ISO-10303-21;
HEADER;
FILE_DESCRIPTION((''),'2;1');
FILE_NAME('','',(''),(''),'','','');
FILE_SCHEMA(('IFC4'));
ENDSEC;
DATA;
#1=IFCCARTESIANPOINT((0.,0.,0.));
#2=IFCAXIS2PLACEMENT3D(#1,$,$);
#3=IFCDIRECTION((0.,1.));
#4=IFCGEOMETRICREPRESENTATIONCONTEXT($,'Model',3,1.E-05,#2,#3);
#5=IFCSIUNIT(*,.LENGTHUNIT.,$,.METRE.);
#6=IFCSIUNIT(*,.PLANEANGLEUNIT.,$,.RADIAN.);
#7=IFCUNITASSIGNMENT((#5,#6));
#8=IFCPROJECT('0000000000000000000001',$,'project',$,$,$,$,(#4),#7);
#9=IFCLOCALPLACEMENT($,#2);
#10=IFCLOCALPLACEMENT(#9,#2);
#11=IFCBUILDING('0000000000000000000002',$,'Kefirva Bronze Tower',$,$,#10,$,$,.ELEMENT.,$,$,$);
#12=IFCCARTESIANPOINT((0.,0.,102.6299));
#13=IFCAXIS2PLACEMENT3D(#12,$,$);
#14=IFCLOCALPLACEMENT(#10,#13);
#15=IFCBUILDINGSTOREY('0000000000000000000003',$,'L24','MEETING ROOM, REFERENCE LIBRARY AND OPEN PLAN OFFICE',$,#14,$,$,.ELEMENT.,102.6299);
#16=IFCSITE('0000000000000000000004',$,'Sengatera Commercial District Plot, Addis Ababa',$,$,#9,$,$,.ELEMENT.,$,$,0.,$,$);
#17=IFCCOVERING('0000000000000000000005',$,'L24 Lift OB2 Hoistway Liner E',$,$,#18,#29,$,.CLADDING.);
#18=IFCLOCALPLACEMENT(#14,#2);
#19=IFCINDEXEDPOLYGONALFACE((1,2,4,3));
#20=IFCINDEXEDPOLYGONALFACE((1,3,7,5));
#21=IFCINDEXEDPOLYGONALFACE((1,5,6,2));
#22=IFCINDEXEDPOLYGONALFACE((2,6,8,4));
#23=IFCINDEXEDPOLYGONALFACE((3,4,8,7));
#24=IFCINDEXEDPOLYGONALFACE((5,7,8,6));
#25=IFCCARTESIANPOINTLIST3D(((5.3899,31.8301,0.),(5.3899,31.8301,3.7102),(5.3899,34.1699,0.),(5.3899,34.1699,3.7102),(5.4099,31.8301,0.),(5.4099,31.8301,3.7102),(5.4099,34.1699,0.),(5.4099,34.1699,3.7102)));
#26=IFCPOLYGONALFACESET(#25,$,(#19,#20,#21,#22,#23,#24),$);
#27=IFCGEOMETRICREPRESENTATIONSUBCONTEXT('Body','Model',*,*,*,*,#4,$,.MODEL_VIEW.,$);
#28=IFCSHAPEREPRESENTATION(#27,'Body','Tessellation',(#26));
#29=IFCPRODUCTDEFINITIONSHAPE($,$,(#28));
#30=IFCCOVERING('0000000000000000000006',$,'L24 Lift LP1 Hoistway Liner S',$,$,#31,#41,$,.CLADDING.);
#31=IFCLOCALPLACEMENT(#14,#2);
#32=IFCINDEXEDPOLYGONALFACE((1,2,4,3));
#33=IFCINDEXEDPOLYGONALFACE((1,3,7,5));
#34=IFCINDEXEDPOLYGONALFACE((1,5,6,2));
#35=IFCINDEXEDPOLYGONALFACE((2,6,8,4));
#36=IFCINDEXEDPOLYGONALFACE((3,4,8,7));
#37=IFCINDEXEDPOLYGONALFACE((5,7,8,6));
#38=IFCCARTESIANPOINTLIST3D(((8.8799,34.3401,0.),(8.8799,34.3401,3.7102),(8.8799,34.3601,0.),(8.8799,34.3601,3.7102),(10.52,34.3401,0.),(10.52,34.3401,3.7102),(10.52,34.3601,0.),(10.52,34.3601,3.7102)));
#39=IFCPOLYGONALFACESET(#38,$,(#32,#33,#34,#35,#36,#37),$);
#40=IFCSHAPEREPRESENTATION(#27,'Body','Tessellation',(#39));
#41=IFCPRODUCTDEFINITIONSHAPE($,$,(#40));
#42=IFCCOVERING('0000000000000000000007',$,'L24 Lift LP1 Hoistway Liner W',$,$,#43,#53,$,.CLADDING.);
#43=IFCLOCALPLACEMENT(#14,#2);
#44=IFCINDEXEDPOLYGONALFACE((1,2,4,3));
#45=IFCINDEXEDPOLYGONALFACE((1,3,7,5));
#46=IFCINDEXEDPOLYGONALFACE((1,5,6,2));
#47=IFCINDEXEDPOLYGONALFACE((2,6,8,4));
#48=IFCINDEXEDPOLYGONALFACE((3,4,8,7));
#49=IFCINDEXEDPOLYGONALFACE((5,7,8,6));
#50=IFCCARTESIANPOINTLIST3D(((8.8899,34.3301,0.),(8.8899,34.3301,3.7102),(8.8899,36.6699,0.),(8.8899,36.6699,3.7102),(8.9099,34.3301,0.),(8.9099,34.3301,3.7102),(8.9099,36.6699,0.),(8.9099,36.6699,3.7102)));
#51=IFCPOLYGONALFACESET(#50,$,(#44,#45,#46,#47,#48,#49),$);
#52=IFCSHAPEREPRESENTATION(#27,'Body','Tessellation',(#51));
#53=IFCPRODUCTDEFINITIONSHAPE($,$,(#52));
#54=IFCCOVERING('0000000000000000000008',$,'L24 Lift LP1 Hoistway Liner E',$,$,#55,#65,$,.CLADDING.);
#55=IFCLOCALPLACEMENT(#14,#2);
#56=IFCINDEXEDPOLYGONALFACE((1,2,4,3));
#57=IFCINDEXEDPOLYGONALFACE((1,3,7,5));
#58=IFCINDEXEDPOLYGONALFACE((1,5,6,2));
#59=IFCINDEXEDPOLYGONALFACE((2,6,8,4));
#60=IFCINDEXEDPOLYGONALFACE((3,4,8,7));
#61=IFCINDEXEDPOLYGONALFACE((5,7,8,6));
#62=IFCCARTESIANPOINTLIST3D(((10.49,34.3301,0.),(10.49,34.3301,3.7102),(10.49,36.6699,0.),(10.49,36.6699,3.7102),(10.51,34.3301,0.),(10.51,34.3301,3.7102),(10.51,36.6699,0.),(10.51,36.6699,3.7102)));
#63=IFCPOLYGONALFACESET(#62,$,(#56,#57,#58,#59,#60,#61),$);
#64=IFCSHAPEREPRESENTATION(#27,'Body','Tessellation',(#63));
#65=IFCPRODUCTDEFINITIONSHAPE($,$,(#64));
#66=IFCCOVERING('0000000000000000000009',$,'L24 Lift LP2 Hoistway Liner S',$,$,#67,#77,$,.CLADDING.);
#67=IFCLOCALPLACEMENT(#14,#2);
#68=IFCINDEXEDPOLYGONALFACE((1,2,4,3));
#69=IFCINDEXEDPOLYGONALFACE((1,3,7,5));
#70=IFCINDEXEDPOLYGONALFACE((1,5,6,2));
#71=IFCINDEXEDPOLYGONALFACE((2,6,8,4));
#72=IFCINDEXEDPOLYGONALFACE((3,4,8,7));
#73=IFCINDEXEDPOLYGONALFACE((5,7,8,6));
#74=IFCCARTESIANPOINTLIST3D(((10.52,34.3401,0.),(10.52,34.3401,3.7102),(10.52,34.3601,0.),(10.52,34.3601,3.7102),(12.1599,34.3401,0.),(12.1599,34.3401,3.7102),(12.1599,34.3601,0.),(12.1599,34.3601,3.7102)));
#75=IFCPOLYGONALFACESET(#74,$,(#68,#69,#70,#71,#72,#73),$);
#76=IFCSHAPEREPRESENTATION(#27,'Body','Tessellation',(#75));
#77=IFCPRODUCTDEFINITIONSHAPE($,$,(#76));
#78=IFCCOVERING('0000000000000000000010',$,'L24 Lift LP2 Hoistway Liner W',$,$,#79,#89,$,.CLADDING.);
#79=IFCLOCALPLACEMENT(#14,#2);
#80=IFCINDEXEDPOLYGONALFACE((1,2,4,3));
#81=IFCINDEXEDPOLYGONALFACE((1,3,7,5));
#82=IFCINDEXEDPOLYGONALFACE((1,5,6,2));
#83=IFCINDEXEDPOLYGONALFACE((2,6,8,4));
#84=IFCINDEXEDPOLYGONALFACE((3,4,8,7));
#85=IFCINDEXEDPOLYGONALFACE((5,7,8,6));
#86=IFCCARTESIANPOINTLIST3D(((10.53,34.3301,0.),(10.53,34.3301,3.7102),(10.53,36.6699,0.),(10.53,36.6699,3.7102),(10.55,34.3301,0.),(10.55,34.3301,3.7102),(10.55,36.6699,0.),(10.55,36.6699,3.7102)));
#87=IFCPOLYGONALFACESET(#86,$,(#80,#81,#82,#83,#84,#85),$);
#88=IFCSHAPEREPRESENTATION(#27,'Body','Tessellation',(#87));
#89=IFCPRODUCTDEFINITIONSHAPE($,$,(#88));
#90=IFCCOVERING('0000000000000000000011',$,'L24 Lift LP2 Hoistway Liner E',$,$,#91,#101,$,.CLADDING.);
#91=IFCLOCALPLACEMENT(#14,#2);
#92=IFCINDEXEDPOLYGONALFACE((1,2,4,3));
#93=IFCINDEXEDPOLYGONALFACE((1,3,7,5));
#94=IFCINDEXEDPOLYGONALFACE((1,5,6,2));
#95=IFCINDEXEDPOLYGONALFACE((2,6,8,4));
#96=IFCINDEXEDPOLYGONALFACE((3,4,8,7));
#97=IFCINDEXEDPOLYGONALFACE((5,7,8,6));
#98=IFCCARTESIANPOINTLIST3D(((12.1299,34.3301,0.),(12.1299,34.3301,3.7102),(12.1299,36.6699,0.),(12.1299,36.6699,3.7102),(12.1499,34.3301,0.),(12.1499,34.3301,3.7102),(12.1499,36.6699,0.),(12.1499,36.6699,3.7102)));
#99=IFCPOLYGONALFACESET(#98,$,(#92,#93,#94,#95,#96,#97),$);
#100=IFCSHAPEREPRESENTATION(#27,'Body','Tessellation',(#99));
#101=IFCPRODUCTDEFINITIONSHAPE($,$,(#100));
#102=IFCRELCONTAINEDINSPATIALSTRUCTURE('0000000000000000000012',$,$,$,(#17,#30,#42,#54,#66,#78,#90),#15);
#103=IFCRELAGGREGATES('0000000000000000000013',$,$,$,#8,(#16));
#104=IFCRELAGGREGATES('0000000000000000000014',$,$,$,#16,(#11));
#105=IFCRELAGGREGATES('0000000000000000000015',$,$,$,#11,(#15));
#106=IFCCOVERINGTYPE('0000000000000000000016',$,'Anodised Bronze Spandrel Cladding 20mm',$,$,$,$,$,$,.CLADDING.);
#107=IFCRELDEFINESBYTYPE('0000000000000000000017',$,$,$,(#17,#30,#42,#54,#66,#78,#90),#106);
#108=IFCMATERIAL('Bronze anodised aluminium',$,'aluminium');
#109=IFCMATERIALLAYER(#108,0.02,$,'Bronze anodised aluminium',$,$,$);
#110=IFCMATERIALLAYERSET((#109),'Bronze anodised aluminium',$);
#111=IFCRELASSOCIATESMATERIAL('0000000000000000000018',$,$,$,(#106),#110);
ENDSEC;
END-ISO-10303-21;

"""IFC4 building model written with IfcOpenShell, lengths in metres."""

from ifc_helpers import new_model, si_unit, direction, frame, origin, place, context, subcontext, project, spatial, polyline, outline, extrude, material, layer, layer_set, type_object, element, save


model = new_model("IFC4")

# Units and contexts
model_context = context("Model", 3, precision=1e-05, world=origin(), true_north=direction((0.0, 1.0)))
body_context = subcontext(model_context, "Body", "Model", "MODEL_VIEW")
ifc_project = project(units=[si_unit("LENGTHUNIT", "METRE"), si_unit("PLANEANGLEUNIT", "RADIAN")], contexts=[model_context])

# Site, building, storey
site_placement = place(None, origin())
site = spatial("IfcSite", under=ifc_project, at=site_placement, Name="Sengatera Commercial District Plot, Addis Ababa", CompositionType="ELEMENT", RefElevation=0.0)
building_placement = place(site_placement, origin())
building = spatial("IfcBuilding", under=site, at=building_placement, Name="Kefirva Bronze Tower", CompositionType="ELEMENT")
storey_placement = place(building_placement, frame((0.0, 0.0, 102.6299)))
storey = spatial("IfcBuildingStorey", under=building, at=storey_placement, Name="L24", Description="MEETING ROOM, REFERENCE LIBRARY AND OPEN PLAN OFFICE", CompositionType="ELEMENT", Elevation=102.6299)

# Coverings
ifc_material_1 = material(Name="Bronze anodised aluminium", Category="aluminium")
ifc_layer_1 = layer(ifc_material_1, 0.02, Name="Bronze anodised aluminium")
ifc_layer_set_1 = layer_set([ifc_layer_1], Name="Bronze anodised aluminium")
covering_type = type_object("IfcCoveringType", Name="Anodised Bronze Spandrel Cladding 20mm", PredefinedType="CLADDING", material=ifc_layer_set_1)
covering_1_placement = place(storey_placement, origin())
element("IfcCovering", 1, at=covering_1_placement, inside=storey, type_object=covering_type, Name="L24 Lift OB2 Hoistway Liner E", PredefinedType="CLADDING", context=body_context, shape_type="SweptSolid", body=[
    extrude(outline(polyline([(5.3899, 31.8301), (5.4099, 31.8301), (5.4099, 34.1699), (5.3899, 34.1699), (5.3899, 31.8301)])), origin(), (0.0, 0.0, 1.0), 3.7102),
])
covering_2_placement = place(storey_placement, origin())
element("IfcCovering", 2, at=covering_2_placement, inside=storey, type_object=covering_type, Name="L24 Lift LP1 Hoistway Liner S", PredefinedType="CLADDING", context=body_context, shape_type="SweptSolid", body=[
    extrude(outline(polyline([(8.8799, 34.3401), (10.52, 34.3401), (10.52, 34.3601), (8.8799, 34.3601), (8.8799, 34.3401)])), origin(), (0.0, 0.0, 1.0), 3.7102),
])
covering_3_placement = place(storey_placement, origin())
element("IfcCovering", 3, at=covering_3_placement, inside=storey, type_object=covering_type, Name="L24 Lift LP1 Hoistway Liner W", PredefinedType="CLADDING", context=body_context, shape_type="SweptSolid", body=[
    extrude(outline(polyline([(8.8899, 34.3301), (8.9099, 34.3301), (8.9099, 36.6699), (8.8899, 36.6699), (8.8899, 34.3301)])), origin(), (0.0, 0.0, 1.0), 3.7102),
])
covering_4_placement = place(storey_placement, origin())
element("IfcCovering", 4, at=covering_4_placement, inside=storey, type_object=covering_type, Name="L24 Lift LP1 Hoistway Liner E", PredefinedType="CLADDING", context=body_context, shape_type="SweptSolid", body=[
    extrude(outline(polyline([(10.49, 34.3301), (10.51, 34.3301), (10.51, 36.6699), (10.49, 36.6699), (10.49, 34.3301)])), origin(), (0.0, 0.0, 1.0), 3.7102),
])
covering_5_placement = place(storey_placement, origin())
element("IfcCovering", 5, at=covering_5_placement, inside=storey, type_object=covering_type, Name="L24 Lift LP2 Hoistway Liner S", PredefinedType="CLADDING", context=body_context, shape_type="SweptSolid", body=[
    extrude(outline(polyline([(10.52, 34.3401), (12.1599, 34.3401), (12.1599, 34.3601), (10.52, 34.3601), (10.52, 34.3401)])), origin(), (0.0, 0.0, 1.0), 3.7102),
])
covering_6_placement = place(storey_placement, origin())
element("IfcCovering", 6, at=covering_6_placement, inside=storey, type_object=covering_type, Name="L24 Lift LP2 Hoistway Liner W", PredefinedType="CLADDING", context=body_context, shape_type="SweptSolid", body=[
    extrude(outline(polyline([(10.53, 34.3301), (10.55, 34.3301), (10.55, 36.6699), (10.53, 36.6699), (10.53, 34.3301)])), origin(), (0.0, 0.0, 1.0), 3.7102),
])
covering_7_placement = place(storey_placement, origin())
element("IfcCovering", 7, at=covering_7_placement, inside=storey, type_object=covering_type, Name="L24 Lift LP2 Hoistway Liner E", PredefinedType="CLADDING", context=body_context, shape_type="SweptSolid", body=[
    extrude(outline(polyline([(12.1299, 34.3301), (12.1499, 34.3301), (12.1499, 36.6699), (12.1299, 36.6699), (12.1299, 34.3301)])), origin(), (0.0, 0.0, 1.0), 3.7102),
])

save(model, "model.ifc")
